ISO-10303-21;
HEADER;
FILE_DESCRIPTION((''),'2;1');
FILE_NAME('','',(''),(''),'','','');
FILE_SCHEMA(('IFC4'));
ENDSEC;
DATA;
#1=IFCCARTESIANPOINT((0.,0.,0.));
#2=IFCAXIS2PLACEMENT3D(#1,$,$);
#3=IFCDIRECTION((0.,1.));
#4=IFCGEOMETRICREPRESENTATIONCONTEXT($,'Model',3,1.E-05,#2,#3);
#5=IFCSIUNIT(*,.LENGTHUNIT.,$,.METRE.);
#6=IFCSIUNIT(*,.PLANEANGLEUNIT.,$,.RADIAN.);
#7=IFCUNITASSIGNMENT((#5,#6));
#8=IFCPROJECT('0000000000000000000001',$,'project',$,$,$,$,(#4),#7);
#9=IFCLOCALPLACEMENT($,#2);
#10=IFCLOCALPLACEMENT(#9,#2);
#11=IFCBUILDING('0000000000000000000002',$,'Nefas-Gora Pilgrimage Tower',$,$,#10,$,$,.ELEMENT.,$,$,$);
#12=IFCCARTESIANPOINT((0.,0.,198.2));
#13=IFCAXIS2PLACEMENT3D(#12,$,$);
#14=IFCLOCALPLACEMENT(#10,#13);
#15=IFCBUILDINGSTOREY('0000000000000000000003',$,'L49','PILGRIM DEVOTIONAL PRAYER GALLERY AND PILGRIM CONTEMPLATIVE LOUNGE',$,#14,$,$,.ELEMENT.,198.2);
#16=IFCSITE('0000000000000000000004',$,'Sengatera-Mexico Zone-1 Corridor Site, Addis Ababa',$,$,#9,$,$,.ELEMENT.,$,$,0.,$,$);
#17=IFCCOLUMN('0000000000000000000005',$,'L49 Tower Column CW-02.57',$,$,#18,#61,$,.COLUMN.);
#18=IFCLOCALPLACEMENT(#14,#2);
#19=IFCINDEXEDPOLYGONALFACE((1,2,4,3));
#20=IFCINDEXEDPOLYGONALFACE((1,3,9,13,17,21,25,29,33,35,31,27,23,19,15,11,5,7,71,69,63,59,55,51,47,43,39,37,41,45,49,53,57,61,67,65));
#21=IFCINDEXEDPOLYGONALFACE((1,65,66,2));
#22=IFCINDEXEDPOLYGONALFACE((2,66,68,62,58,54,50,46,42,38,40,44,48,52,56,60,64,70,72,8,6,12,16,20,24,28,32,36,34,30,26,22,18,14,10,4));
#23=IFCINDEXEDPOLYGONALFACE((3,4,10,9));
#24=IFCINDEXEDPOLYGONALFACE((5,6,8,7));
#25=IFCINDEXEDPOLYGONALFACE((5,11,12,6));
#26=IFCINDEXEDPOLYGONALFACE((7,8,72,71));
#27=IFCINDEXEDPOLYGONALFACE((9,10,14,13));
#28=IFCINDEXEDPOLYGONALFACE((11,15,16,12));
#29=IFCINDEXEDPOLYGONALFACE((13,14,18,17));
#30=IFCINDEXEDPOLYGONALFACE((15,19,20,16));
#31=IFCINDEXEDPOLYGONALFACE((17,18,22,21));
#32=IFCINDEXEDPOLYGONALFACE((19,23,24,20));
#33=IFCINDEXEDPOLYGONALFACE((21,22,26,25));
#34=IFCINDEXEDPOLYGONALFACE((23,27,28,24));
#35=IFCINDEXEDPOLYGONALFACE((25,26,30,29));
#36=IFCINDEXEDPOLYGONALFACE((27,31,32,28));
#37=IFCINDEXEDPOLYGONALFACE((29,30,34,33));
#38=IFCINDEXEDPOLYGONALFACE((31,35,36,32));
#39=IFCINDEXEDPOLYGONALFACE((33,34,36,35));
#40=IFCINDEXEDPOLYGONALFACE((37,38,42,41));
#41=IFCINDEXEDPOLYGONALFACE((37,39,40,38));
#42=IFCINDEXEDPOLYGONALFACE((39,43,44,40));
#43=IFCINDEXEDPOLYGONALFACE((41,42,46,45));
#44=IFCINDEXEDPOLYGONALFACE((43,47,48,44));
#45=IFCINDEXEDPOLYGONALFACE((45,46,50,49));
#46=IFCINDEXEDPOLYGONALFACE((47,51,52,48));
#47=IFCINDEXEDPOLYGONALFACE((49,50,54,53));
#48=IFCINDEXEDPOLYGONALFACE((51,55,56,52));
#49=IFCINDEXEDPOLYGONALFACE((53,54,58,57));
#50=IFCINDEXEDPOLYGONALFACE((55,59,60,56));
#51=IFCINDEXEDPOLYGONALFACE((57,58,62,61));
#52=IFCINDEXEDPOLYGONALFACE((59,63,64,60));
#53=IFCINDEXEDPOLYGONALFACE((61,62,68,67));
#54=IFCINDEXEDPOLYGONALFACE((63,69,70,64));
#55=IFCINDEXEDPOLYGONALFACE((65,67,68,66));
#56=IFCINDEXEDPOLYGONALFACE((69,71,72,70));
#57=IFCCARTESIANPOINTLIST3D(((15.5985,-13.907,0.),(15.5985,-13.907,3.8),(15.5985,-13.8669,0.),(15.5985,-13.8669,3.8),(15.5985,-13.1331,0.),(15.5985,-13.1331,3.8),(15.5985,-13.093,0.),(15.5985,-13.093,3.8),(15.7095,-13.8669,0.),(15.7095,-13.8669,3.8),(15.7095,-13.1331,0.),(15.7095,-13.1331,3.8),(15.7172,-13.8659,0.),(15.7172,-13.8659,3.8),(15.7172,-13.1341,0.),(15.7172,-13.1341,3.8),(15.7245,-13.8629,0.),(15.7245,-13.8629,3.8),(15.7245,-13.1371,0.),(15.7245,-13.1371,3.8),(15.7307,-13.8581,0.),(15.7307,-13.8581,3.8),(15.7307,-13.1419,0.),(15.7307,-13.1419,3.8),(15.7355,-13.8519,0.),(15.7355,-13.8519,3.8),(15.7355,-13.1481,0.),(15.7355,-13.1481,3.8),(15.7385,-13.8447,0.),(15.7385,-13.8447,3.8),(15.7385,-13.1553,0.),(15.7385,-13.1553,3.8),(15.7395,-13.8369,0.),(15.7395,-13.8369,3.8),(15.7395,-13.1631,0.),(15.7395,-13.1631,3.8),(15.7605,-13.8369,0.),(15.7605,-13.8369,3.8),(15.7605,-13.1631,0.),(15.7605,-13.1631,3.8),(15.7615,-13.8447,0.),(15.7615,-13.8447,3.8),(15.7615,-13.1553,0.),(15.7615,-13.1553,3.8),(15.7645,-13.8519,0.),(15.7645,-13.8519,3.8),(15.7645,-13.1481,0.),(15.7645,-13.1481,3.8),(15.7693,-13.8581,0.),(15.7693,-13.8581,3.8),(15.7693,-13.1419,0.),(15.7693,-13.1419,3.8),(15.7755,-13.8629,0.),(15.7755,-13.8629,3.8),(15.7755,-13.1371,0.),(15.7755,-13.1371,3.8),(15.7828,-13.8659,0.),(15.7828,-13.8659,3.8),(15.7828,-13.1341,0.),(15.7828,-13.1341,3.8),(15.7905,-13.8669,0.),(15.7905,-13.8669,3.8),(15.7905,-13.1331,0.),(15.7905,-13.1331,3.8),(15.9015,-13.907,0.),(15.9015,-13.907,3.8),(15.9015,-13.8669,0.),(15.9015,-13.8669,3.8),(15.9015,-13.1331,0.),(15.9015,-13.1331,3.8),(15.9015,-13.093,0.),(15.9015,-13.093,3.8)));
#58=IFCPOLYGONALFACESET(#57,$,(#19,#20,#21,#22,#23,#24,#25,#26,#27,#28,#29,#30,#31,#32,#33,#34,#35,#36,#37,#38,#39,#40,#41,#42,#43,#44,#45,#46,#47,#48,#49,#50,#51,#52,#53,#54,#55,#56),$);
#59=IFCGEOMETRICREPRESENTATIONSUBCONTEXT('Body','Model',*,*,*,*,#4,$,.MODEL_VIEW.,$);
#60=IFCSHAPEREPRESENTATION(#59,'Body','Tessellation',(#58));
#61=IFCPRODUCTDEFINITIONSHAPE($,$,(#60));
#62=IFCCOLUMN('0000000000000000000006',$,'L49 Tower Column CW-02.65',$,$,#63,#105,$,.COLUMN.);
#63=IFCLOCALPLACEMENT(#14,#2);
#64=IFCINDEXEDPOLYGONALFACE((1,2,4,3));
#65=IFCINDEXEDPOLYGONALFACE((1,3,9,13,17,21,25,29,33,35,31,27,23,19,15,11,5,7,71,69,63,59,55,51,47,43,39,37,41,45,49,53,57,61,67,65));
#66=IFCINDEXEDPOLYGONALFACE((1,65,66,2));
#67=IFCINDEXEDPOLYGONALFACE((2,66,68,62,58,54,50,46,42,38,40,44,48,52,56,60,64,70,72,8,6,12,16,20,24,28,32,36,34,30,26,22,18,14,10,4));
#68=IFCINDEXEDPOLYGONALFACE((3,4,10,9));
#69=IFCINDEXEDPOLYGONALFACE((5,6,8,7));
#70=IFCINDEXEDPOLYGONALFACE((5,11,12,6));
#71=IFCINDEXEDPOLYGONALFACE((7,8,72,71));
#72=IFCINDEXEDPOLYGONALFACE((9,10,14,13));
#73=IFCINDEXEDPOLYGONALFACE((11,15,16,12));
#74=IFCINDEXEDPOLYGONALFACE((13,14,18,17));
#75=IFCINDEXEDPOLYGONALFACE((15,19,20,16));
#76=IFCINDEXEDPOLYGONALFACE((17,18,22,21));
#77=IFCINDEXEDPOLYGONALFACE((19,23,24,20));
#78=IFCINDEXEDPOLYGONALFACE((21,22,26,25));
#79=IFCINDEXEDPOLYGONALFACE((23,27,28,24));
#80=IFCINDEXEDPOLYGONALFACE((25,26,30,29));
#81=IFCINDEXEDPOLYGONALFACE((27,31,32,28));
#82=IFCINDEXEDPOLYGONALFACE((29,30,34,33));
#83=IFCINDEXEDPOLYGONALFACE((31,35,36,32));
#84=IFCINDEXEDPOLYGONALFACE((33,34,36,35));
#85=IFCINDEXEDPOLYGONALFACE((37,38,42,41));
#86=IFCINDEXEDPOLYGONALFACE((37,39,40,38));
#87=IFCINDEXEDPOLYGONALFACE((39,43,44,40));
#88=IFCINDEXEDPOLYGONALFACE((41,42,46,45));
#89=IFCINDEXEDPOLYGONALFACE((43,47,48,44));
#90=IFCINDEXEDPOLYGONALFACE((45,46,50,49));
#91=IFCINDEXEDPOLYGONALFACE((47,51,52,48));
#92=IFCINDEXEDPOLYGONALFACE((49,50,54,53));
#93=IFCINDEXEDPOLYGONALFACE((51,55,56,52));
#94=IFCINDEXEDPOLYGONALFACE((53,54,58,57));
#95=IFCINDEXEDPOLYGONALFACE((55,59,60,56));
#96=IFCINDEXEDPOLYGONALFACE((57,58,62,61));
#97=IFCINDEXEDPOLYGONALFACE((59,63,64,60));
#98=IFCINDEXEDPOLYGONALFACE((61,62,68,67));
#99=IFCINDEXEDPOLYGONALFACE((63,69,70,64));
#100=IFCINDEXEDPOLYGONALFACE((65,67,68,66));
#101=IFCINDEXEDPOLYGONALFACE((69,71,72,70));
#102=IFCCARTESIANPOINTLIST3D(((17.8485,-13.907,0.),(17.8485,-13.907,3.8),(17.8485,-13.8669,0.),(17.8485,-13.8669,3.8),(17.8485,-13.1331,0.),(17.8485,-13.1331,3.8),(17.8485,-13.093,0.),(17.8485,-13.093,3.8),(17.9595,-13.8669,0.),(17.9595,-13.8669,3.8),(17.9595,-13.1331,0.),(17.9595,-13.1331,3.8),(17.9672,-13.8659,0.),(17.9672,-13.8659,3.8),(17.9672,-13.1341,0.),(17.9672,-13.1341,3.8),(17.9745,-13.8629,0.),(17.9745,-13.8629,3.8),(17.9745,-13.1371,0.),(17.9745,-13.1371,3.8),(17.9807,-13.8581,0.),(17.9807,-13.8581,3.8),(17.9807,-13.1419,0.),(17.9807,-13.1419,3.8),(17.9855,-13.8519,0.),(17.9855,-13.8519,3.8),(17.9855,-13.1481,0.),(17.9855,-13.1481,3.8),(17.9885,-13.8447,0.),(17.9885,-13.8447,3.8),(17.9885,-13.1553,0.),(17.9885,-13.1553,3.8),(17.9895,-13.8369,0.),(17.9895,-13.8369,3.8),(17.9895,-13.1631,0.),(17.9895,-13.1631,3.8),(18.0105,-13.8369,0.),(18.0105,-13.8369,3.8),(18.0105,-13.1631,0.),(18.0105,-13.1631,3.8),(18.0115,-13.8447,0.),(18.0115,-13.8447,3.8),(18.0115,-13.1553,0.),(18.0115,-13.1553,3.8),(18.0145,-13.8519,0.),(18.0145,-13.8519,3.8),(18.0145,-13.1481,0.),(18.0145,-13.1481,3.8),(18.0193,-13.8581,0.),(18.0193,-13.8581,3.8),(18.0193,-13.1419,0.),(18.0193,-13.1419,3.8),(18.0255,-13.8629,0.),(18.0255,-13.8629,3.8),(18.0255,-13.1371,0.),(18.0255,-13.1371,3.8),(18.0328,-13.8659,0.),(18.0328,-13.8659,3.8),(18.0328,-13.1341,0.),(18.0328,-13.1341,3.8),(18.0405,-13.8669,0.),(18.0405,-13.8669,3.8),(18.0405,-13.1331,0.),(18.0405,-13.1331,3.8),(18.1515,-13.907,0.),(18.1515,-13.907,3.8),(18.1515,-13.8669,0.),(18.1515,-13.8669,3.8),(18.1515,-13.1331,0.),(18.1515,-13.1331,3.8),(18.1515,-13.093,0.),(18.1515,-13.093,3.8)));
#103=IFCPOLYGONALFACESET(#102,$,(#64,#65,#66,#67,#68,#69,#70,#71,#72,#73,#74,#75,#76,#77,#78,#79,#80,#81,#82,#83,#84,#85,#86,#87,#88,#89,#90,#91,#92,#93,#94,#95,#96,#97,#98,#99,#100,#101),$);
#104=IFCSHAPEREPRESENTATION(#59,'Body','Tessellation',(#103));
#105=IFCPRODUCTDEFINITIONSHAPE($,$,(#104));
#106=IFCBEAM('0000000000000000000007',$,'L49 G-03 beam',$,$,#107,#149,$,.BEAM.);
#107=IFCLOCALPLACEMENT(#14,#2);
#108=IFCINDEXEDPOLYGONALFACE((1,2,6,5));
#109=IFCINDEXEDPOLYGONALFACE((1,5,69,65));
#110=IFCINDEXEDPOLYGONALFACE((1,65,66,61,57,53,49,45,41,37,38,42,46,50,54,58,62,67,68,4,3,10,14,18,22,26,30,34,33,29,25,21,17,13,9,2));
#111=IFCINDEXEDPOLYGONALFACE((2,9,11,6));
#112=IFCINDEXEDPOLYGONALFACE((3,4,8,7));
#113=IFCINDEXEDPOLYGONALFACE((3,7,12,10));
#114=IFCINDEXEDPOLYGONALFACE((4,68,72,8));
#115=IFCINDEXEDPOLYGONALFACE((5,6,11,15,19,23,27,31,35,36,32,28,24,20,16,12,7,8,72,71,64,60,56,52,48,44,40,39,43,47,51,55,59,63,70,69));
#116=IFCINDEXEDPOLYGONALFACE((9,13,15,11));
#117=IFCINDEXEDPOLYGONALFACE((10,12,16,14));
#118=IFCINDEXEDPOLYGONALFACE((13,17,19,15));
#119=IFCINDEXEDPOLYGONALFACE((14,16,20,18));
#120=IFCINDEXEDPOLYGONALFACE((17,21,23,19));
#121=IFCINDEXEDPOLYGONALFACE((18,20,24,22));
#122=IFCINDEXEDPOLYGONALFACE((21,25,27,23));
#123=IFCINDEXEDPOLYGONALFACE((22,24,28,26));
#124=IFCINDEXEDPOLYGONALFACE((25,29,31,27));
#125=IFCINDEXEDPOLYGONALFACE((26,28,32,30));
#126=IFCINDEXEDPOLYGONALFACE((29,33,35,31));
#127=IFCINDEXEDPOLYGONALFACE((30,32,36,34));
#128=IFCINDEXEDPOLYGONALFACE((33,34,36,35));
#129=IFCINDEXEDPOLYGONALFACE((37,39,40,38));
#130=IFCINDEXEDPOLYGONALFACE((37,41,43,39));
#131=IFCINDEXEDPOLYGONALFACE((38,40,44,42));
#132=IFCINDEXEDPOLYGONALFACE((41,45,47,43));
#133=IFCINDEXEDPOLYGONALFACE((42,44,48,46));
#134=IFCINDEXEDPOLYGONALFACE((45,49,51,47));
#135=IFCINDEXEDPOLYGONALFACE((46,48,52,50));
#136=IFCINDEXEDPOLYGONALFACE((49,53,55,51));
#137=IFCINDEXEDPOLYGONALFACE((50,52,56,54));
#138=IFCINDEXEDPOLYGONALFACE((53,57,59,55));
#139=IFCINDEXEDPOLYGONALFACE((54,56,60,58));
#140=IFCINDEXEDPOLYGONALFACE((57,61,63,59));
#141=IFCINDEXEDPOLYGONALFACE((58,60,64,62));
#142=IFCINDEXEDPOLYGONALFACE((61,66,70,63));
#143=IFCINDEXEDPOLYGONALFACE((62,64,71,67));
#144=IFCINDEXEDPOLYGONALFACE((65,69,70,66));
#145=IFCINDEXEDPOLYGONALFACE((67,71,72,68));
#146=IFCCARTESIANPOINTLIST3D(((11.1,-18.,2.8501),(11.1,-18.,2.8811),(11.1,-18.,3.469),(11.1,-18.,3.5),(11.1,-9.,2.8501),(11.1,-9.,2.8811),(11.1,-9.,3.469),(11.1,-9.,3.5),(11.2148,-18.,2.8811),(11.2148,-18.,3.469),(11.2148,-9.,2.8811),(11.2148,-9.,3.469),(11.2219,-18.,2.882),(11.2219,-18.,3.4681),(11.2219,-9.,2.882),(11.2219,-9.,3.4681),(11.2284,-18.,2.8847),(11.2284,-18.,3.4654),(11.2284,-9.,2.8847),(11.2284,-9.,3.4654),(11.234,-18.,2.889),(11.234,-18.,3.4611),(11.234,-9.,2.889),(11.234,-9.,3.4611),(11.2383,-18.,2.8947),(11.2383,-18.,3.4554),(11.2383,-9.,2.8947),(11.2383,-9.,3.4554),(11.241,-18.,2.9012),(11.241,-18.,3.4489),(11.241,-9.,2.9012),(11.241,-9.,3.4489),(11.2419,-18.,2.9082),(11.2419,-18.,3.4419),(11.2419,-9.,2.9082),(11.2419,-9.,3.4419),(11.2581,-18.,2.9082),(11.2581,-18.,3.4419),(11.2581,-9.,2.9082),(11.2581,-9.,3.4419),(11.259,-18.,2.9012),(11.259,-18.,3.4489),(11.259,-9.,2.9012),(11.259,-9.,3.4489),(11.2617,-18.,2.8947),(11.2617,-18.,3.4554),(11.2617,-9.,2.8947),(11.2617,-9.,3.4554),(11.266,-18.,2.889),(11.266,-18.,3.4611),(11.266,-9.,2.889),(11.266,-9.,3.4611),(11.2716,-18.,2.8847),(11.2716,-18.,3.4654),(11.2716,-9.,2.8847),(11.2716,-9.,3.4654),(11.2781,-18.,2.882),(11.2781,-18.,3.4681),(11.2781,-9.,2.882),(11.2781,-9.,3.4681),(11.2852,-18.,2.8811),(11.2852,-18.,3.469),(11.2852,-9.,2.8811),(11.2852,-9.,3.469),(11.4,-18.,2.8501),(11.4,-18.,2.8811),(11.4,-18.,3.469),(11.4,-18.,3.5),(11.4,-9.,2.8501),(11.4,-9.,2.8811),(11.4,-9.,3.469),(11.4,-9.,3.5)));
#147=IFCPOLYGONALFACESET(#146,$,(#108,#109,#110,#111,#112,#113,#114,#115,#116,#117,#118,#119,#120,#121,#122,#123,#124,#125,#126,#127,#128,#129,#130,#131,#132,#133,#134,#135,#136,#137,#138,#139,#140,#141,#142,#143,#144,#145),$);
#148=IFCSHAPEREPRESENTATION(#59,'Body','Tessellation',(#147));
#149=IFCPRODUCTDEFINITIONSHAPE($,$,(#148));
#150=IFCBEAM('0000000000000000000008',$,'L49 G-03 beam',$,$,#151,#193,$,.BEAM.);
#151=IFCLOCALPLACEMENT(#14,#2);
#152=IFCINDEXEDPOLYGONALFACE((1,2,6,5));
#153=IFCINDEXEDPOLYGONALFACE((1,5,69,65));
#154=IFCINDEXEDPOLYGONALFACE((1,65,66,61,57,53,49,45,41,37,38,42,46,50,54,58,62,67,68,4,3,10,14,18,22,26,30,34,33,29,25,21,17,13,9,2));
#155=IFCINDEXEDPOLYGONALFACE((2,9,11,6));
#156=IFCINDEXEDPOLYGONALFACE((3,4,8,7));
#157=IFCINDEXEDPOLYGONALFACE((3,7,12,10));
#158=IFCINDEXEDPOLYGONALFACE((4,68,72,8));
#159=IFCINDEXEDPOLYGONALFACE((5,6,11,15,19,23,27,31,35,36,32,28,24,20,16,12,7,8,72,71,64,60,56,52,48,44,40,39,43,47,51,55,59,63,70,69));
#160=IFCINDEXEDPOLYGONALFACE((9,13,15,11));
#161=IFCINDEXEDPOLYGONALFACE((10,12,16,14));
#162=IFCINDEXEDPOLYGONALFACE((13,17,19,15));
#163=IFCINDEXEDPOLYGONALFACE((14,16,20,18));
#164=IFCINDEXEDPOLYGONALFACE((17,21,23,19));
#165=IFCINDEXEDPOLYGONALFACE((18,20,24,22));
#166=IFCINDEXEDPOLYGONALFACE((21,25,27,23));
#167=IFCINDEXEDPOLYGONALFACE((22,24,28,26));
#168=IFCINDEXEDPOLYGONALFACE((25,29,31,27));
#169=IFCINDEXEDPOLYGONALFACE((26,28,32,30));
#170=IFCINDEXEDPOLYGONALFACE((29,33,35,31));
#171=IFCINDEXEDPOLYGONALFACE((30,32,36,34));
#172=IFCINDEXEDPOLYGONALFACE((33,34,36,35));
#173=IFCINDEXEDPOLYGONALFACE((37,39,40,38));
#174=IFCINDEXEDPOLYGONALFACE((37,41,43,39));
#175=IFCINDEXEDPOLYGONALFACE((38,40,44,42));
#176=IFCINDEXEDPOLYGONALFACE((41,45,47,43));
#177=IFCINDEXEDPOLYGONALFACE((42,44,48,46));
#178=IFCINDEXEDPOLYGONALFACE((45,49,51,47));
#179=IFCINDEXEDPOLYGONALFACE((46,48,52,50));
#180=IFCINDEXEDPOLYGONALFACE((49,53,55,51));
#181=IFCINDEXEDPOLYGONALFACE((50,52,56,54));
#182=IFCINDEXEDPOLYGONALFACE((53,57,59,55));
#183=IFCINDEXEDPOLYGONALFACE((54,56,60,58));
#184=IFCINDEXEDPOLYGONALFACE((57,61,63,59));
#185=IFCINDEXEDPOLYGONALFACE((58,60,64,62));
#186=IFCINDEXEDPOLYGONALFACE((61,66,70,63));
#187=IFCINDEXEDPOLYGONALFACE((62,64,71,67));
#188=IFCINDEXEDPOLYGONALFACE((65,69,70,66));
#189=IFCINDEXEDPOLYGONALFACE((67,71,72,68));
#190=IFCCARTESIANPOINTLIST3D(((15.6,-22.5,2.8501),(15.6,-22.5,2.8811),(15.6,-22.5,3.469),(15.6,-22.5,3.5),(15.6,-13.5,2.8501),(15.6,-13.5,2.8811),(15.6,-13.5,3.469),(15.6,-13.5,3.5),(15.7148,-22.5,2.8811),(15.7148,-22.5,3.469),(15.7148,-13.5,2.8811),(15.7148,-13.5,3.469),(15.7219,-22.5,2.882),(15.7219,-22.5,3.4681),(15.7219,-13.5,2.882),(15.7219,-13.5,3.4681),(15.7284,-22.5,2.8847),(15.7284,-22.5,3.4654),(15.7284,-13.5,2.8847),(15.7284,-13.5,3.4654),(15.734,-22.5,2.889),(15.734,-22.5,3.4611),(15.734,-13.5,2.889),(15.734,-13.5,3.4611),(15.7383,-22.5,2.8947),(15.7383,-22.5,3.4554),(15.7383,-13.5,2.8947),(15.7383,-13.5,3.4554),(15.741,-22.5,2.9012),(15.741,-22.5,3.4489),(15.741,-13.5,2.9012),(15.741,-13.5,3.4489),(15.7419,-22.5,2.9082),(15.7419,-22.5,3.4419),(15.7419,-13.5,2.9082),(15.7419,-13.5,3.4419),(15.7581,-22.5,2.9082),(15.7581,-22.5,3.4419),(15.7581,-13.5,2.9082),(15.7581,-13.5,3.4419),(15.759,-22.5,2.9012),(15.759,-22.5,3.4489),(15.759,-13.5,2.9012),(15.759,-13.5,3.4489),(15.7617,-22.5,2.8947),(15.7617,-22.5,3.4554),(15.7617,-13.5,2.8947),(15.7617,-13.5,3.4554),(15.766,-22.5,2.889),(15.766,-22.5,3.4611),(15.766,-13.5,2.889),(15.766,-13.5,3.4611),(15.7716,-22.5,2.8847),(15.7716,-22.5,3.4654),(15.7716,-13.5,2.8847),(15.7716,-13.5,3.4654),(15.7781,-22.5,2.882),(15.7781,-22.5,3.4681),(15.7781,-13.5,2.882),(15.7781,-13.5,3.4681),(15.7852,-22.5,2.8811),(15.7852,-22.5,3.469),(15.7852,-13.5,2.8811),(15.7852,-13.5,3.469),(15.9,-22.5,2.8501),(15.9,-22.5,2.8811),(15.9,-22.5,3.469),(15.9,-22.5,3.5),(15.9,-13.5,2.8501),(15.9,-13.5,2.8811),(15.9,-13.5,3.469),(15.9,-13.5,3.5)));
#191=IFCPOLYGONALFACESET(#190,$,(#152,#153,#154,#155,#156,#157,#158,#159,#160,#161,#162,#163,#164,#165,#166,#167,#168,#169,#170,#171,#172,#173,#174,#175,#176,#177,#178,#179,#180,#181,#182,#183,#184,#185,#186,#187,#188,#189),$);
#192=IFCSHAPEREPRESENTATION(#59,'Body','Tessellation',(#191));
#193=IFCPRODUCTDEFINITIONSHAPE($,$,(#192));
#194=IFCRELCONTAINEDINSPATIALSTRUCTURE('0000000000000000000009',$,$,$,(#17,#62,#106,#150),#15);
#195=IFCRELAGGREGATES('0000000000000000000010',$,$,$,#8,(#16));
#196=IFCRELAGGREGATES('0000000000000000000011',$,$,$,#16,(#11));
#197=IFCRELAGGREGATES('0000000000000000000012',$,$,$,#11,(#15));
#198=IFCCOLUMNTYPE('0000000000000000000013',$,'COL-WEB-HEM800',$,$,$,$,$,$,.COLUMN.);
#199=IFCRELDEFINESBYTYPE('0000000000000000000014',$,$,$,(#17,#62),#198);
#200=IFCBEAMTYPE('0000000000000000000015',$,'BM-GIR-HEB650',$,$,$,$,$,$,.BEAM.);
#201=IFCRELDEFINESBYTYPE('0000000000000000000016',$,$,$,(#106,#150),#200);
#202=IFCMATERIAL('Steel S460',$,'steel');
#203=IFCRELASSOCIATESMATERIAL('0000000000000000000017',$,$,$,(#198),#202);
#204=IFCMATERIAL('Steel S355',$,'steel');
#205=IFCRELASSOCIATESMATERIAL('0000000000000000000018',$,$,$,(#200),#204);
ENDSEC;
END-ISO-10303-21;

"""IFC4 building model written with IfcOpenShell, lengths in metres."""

from ifc_helpers import new_model, si_unit, direction, frame, origin, origin_2d, place, context, subcontext, project, spatial, i_section, extrude, source, transform, mapped, material, material_profile, profile_set, type_object, element, save


model = new_model("IFC4")

# Units and contexts
model_context = context("Model", 3, precision=1e-05, world=origin(), true_north=direction((0.0, 1.0)))
body_context = subcontext(model_context, "Body", "Model", "MODEL_VIEW")
ifc_project = project(units=[si_unit("LENGTHUNIT", "METRE"), si_unit("PLANEANGLEUNIT", "RADIAN")], contexts=[model_context])

# Site, building, storey
site_placement = place(None, origin())
site = spatial("IfcSite", under=ifc_project, at=site_placement, Name="Sengatera-Mexico Zone-1 Corridor Site, Addis Ababa", CompositionType="ELEMENT", RefElevation=0.0)
building_placement = place(site_placement, origin())
building = spatial("IfcBuilding", under=site, at=building_placement, Name="Nefas-Gora Pilgrimage Tower", CompositionType="ELEMENT")
storey_placement = place(building_placement, frame((0.0, 0.0, 198.2)))
storey = spatial("IfcBuildingStorey", under=building, at=storey_placement, Name="L49", Description="PILGRIM DEVOTIONAL PRAYER GALLERY AND PILGRIM CONTEMPLATIVE LOUNGE", CompositionType="ELEMENT", Elevation=198.2)

# Columns
ifc_material_1 = material(Name="Steel S460", Category="steel")
ifc_material_profile_1 = material_profile(ifc_material_1, i_section(OverallWidth=0.303, OverallDepth=0.814, WebThickness=0.021, FlangeThickness=0.04, FilletRadius=0.03, at=origin_2d()), Name="HEM 800")
ifc_profile_set_1 = profile_set([ifc_material_profile_1], Name="Steel S460")
column_type_1 = type_object("IfcColumnType", Name="COL-WEB-HEM800", PredefinedType="COLUMN", material=ifc_profile_set_1)
shared_shape_1 = source(origin(), body_context, "Body", "SweptSolid", [
    extrude(i_section(OverallWidth=0.303, OverallDepth=0.814, WebThickness=0.021, FlangeThickness=0.04, FilletRadius=0.03, at=origin_2d()), origin(), (0.0, 0.0, 1.0), 3.8),
])
for number, where, z_axis, x_axis, name in (
    (1, (15.75, -13.5, 0.0), (0.0, 0.0, 1.0), (1.0, 0.0, 0.0), "L49 Tower Column CW-02.57"),
    (2, (18.0, -13.5, 0.0), (0.0, 0.0, 1.0), (1.0, 0.0, 0.0), "L49 Tower Column CW-02.65"),
):
    element("IfcColumn", number, at=place(storey_placement, frame(where, z_axis=z_axis, x_axis=x_axis)), inside=storey, type_object=column_type_1, Name=name, PredefinedType="COLUMN", context=body_context, shape_type="MappedRepresentation", body=[
        mapped(shared_shape_1, transform((0.0, 0.0, 0.0), x_axis=(1.0, 0.0, 0.0), y_axis=(0.0, 1.0, 0.0), z_axis=(0.0, 0.0, 1.0), scale=1.0)),
    ])

# Beams
ifc_material_2 = material(Name="Steel S355", Category="steel")
ifc_material_profile_2 = material_profile(ifc_material_2, i_section(OverallWidth=0.3, OverallDepth=0.6499, WebThickness=0.0161, FlangeThickness=0.031, FilletRadius=0.0271, at=origin_2d()), Name="HEB 650")
ifc_profile_set_2 = profile_set([ifc_material_profile_2], Name="Steel S355")
beam_type_1 = type_object("IfcBeamType", Name="BM-GIR-HEB650", PredefinedType="BEAM", material=ifc_profile_set_2)
shared_shape_2 = source(origin(), body_context, "Body", "SweptSolid", [
    extrude(i_section(OverallWidth=0.3, OverallDepth=0.6499, WebThickness=0.0161, FlangeThickness=0.031, FilletRadius=0.0271, at=origin_2d()), origin(), (0.0, 0.0, 1.0), 9.0),
])
for number, where, z_axis, x_axis, name in (
    (3, (11.25, -18.0, 3.175), (0.0, 1.0, 0.0), (-1.0, 0.0, 0.0), "L49 G-03 beam"),
    (4, (15.75, -22.5, 3.175), (0.0, 1.0, 0.0), (-1.0, 0.0, 0.0), "L49 G-03 beam"),
):
    element("IfcBeam", number, at=place(storey_placement, frame(where, z_axis=z_axis, x_axis=x_axis)), inside=storey, type_object=beam_type_1, Name=name, PredefinedType="BEAM", context=body_context, shape_type="MappedRepresentation", body=[
        mapped(shared_shape_2, transform((0.0, 0.0, 0.0), x_axis=(1.0, 0.0, 0.0), y_axis=(0.0, 1.0, 0.0), z_axis=(0.0, 0.0, 1.0), scale=1.0)),
    ])

save(model, "model.ifc")
